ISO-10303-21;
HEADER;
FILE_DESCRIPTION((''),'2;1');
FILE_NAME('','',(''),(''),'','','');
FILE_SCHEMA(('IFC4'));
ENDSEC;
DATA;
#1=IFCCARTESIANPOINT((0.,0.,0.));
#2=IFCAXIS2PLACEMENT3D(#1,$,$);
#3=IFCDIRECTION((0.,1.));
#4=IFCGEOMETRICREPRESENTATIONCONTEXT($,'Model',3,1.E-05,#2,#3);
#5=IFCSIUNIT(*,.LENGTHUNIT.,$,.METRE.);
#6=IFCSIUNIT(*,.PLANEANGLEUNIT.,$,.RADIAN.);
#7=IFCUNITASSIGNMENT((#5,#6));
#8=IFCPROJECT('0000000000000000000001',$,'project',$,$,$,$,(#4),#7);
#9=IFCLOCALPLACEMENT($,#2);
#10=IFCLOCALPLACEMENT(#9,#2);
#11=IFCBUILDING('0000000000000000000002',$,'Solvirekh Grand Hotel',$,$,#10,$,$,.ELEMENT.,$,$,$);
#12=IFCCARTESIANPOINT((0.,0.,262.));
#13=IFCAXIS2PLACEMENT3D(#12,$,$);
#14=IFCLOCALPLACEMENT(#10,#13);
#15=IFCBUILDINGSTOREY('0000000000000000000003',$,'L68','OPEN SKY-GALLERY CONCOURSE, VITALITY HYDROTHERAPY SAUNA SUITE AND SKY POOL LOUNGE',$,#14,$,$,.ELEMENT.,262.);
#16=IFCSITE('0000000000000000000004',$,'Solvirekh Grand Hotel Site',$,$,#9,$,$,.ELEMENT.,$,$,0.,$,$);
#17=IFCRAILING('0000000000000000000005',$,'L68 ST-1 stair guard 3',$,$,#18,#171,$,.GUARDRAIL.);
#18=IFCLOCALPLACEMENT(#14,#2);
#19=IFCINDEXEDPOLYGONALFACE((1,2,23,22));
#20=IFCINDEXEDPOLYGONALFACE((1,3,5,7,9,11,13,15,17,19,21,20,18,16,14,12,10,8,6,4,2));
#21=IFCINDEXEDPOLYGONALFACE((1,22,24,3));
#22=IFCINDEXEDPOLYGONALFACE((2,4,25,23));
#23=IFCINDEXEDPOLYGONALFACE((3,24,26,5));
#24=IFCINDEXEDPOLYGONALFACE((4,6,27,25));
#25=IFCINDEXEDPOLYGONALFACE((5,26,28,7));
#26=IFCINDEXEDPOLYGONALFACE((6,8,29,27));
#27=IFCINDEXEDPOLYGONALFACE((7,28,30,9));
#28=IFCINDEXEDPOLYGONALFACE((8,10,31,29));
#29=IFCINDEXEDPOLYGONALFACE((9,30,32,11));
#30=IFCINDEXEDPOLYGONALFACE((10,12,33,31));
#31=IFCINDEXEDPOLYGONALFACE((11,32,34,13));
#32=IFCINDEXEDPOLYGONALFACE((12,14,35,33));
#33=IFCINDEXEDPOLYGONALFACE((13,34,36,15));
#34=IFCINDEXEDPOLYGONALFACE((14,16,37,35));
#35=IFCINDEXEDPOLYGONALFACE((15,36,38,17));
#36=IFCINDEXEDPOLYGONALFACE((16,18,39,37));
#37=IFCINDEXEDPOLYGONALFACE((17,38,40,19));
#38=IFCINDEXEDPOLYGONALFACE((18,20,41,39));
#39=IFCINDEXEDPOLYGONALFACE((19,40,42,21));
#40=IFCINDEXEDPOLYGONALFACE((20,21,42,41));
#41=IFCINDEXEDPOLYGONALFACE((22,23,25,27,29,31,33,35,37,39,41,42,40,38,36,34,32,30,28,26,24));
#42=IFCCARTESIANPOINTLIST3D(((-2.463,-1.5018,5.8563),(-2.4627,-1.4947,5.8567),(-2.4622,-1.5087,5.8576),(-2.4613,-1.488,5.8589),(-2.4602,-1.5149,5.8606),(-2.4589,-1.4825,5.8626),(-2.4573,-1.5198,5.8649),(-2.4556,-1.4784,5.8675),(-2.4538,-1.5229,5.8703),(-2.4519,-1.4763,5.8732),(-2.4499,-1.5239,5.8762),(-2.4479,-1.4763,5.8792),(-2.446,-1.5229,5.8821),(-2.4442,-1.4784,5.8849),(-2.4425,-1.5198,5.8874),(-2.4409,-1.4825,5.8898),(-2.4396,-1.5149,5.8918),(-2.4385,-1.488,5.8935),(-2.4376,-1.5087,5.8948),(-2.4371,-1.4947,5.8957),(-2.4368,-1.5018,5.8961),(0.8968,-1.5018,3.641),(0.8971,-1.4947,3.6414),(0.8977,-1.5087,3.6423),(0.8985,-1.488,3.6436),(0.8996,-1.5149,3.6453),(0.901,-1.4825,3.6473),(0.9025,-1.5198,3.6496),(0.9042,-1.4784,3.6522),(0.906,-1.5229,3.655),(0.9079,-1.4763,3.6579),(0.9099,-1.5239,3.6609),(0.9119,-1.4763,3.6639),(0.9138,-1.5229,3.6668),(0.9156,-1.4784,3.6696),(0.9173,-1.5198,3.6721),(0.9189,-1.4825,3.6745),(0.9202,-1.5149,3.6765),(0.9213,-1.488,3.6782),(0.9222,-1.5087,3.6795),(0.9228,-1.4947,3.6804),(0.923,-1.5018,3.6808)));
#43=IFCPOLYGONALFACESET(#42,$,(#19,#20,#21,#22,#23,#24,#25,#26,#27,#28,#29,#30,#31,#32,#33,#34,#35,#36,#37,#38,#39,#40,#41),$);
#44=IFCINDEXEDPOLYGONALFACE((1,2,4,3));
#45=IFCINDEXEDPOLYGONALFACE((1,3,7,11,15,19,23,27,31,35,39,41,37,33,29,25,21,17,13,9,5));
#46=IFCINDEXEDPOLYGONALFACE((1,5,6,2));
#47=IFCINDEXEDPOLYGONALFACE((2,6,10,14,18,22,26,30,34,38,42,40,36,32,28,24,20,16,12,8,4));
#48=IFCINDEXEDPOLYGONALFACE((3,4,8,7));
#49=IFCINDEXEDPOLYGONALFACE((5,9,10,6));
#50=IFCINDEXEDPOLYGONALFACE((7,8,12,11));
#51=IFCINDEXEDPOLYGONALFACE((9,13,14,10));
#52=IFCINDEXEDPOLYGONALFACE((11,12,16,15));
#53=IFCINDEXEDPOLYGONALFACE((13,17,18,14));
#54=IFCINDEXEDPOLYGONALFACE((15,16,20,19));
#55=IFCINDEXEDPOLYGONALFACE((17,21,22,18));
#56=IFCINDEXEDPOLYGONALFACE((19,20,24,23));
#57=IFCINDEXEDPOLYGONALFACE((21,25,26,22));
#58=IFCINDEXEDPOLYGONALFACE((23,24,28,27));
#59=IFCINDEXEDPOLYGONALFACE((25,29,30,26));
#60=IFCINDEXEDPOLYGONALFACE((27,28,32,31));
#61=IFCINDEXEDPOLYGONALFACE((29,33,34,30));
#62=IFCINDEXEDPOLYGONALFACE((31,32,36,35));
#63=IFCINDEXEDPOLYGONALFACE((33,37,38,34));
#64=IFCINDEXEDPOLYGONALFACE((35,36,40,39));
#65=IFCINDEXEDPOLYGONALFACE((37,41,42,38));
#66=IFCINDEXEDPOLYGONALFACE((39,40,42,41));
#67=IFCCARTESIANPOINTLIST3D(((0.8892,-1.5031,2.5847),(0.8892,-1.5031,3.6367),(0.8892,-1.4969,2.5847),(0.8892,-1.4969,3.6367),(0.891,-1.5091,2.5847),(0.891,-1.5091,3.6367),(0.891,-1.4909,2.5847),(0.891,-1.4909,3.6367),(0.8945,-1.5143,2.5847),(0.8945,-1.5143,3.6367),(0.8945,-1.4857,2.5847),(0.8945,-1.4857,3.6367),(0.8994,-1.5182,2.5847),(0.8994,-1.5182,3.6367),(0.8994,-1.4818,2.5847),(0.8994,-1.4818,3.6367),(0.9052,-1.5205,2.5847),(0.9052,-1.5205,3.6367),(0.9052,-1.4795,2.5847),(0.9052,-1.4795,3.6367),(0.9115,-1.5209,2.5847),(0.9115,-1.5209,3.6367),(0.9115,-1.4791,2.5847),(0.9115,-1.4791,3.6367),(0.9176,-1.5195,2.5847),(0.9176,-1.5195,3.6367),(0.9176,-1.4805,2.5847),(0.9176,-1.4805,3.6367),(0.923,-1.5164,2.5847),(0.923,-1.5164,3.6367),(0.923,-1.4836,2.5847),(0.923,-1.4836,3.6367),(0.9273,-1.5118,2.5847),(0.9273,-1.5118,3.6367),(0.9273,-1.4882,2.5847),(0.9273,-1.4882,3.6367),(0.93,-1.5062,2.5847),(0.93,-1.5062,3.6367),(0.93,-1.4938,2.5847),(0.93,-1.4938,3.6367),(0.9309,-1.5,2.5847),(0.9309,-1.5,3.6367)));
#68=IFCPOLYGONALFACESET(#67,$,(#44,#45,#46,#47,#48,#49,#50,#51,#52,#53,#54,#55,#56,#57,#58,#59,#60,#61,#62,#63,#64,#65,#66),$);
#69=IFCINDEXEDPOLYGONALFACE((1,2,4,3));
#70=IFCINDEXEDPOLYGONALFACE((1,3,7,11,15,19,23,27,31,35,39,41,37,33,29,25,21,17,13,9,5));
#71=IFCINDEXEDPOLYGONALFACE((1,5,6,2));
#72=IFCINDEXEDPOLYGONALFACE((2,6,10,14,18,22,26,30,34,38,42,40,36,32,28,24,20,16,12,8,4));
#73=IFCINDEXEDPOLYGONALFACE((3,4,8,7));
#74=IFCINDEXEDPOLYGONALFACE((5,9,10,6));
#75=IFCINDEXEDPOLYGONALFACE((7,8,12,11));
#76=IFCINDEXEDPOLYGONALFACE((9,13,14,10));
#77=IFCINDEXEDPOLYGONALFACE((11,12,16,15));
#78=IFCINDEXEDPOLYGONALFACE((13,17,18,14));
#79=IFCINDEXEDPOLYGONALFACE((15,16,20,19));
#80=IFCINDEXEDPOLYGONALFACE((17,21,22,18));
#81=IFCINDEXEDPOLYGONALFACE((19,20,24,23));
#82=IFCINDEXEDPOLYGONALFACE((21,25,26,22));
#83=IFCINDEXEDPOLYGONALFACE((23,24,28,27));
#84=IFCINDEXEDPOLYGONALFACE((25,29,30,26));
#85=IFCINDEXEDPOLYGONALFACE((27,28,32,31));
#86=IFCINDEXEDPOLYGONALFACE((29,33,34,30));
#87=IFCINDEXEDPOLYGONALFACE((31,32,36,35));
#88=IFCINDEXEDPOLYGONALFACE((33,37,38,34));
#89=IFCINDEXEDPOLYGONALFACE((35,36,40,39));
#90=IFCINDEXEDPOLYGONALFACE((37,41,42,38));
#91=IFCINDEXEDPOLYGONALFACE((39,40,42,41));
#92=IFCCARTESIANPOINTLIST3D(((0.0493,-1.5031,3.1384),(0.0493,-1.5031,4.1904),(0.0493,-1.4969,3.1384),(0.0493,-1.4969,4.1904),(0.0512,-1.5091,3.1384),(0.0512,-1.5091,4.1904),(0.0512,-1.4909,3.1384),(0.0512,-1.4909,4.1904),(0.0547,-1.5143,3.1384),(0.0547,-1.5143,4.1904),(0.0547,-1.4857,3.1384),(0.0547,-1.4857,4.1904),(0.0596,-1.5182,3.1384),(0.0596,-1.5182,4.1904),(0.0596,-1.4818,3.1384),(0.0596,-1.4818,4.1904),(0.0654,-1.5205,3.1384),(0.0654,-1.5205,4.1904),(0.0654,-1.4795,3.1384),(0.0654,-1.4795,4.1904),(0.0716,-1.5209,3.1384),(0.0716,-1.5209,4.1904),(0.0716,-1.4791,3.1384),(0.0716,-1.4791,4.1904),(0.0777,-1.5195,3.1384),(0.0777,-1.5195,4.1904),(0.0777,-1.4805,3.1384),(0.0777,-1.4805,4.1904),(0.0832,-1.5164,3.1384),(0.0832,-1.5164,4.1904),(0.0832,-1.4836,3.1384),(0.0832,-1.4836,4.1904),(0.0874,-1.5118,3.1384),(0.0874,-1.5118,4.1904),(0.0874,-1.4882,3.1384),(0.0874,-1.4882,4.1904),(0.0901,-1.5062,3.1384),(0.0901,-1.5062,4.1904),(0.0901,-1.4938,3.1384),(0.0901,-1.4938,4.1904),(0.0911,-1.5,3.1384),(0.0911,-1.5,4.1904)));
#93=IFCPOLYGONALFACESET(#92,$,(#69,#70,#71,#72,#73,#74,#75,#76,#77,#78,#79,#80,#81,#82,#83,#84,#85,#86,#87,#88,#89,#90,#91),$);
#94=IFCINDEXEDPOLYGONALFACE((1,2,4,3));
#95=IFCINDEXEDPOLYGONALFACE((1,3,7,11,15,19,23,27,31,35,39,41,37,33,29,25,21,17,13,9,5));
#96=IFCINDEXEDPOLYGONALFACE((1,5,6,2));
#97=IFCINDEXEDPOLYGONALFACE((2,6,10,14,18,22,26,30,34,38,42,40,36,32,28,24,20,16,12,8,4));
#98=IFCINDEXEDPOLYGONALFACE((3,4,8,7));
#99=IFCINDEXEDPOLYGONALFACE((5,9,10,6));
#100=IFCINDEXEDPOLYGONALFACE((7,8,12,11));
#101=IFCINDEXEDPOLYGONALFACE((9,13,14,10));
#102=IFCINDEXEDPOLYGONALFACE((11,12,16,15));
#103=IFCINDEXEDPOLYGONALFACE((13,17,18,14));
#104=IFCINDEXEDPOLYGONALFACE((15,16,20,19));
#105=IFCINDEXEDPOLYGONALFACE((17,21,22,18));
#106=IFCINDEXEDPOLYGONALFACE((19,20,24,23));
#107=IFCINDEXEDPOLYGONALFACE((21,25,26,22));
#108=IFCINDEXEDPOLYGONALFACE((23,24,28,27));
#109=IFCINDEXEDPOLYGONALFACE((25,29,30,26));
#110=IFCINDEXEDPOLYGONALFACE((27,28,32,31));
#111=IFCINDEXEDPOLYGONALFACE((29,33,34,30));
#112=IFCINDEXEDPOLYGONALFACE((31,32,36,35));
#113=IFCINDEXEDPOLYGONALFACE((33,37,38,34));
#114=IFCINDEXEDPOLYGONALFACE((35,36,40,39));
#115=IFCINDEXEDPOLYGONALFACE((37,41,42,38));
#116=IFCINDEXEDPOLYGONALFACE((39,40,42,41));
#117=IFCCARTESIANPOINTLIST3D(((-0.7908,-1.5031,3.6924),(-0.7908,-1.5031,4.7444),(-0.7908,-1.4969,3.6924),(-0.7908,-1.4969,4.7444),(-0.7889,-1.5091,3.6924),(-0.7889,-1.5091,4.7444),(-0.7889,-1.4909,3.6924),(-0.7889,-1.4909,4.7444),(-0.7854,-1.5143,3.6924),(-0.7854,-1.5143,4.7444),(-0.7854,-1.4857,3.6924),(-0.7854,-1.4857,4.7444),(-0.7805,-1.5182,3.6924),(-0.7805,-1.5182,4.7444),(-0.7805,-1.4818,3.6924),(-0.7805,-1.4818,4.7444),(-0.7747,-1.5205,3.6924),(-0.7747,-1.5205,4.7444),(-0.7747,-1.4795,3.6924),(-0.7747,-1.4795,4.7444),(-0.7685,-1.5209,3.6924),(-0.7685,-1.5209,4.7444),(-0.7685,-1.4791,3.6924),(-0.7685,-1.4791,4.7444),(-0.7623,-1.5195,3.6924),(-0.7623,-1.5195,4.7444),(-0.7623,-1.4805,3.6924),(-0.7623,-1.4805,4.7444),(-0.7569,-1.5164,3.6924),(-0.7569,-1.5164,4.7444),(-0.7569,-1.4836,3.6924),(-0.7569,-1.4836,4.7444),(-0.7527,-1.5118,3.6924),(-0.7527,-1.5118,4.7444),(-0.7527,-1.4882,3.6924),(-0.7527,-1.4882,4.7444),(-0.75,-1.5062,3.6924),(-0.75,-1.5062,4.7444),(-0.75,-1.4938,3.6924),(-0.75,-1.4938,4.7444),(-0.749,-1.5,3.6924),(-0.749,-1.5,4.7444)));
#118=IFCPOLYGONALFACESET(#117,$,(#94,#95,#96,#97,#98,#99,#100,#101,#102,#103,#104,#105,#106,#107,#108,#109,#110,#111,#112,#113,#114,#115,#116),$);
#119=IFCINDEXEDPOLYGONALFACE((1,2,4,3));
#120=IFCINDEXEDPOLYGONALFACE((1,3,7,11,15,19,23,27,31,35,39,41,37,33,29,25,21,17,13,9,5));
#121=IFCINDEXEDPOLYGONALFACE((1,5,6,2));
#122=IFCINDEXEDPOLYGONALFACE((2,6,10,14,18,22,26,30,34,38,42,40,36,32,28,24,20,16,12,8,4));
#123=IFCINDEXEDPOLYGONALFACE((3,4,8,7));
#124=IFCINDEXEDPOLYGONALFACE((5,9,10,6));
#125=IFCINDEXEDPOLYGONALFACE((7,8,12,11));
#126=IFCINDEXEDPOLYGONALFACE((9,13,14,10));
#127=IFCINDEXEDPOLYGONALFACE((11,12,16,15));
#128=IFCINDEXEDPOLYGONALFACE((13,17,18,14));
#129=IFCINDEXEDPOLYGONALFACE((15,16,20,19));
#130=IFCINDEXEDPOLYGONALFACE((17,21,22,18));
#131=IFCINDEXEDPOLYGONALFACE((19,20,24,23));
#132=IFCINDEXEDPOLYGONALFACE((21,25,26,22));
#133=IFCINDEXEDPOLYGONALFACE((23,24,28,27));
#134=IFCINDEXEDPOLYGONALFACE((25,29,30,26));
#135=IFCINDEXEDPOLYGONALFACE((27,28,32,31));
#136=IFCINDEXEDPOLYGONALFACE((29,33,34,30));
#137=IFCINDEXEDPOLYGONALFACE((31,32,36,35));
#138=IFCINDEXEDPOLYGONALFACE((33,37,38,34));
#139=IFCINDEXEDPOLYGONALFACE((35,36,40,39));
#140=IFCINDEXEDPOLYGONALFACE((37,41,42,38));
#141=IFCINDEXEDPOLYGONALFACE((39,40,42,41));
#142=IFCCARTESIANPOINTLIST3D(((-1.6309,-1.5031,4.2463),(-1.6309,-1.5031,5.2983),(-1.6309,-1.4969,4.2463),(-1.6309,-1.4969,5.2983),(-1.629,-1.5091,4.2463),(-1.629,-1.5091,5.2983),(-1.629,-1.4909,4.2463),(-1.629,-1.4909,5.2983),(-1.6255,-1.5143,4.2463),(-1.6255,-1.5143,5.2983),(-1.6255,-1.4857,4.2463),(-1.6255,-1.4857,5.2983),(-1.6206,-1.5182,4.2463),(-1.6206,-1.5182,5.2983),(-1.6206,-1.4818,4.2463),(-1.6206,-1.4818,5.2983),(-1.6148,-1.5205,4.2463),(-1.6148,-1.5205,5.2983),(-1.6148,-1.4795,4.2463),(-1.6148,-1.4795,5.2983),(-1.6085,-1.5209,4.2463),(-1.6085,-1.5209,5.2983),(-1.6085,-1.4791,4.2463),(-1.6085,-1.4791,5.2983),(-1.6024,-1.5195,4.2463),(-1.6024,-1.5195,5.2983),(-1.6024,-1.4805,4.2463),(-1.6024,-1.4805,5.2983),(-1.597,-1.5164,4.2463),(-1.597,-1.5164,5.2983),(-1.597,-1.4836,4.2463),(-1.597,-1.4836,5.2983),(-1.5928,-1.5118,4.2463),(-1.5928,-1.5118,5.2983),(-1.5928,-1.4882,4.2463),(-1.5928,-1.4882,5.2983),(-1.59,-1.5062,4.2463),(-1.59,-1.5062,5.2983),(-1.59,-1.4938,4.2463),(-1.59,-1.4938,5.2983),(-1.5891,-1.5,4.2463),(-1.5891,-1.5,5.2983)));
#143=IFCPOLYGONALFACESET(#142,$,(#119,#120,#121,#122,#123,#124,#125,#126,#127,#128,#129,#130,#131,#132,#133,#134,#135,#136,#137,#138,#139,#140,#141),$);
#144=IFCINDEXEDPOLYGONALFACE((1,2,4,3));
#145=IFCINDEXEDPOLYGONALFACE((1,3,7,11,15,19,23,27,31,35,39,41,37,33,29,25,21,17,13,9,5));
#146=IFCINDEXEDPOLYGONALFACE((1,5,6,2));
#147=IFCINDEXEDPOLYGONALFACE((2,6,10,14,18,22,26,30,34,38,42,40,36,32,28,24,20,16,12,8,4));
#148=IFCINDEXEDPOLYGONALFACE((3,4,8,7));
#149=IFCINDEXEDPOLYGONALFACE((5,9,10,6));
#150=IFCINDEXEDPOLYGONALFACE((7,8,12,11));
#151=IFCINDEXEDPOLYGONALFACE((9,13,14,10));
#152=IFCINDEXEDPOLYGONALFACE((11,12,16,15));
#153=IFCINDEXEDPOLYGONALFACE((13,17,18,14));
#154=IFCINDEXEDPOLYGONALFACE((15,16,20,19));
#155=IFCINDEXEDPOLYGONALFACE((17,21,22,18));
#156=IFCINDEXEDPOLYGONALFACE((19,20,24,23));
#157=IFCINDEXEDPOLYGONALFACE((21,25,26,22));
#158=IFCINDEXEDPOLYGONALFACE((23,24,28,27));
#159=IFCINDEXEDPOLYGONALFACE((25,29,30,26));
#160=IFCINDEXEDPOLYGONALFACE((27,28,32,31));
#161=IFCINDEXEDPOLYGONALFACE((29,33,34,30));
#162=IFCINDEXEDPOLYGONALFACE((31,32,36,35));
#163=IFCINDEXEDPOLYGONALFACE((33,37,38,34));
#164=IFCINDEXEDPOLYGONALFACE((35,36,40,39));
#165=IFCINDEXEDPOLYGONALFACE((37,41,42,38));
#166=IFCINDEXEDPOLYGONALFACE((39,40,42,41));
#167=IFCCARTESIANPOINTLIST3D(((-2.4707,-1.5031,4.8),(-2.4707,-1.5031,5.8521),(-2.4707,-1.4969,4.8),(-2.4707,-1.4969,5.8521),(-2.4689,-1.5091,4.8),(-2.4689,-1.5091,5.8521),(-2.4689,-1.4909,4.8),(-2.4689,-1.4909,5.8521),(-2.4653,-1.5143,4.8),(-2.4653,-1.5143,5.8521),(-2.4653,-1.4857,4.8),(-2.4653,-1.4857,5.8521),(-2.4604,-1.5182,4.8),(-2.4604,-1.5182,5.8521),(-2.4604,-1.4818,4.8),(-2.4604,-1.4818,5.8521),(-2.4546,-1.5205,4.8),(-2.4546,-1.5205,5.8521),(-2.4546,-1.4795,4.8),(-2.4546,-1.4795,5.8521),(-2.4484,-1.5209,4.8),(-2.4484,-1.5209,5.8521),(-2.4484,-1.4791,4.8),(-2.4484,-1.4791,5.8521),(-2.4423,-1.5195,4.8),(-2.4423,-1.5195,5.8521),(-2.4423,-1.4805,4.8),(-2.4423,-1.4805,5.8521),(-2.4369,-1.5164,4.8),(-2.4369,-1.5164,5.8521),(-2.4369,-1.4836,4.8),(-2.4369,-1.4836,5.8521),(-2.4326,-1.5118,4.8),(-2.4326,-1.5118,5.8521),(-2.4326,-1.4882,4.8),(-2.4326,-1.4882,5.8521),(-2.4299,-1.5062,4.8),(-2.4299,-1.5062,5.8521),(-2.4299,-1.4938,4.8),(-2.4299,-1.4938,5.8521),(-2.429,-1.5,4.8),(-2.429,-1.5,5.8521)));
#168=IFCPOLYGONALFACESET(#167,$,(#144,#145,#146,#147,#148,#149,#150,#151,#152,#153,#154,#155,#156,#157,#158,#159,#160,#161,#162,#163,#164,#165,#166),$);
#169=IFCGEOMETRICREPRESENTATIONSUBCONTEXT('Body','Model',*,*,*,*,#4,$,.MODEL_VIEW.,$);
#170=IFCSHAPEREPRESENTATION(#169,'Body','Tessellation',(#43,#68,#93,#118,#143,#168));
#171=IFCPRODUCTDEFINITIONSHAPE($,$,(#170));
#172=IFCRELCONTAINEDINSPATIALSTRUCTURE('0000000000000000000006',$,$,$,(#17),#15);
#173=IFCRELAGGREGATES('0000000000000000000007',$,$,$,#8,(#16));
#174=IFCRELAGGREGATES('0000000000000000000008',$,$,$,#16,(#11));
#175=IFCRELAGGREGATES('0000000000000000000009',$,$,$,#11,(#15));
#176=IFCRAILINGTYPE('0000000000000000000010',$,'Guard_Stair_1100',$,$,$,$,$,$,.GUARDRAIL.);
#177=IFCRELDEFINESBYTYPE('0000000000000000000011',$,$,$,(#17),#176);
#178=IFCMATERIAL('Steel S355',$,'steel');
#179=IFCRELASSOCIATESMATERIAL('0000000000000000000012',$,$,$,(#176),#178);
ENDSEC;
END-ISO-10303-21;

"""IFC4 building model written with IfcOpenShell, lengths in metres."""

from ifc_helpers import new_model, si_unit, direction, frame, origin, origin_2d, place, context, subcontext, project, spatial, circle, extrude, material, type_object, element, save


model = new_model("IFC4")

# Units and contexts
model_context = context("Model", 3, precision=1e-05, world=origin(), true_north=direction((0.0, 1.0)))
body_context = subcontext(model_context, "Body", "Model", "MODEL_VIEW")
ifc_project = project(units=[si_unit("LENGTHUNIT", "METRE"), si_unit("PLANEANGLEUNIT", "RADIAN")], contexts=[model_context])

# Site, building, storey
site_placement = place(None, origin())
site = spatial("IfcSite", under=ifc_project, at=site_placement, Name="Solvirekh Grand Hotel Site", CompositionType="ELEMENT", RefElevation=0.0)
building_placement = place(site_placement, origin())
building = spatial("IfcBuilding", under=site, at=building_placement, Name="Solvirekh Grand Hotel", CompositionType="ELEMENT")
storey_placement = place(building_placement, frame((0.0, 0.0, 262.0)))
storey = spatial("IfcBuildingStorey", under=building, at=storey_placement, Name="L68", Description="OPEN SKY-GALLERY CONCOURSE, VITALITY HYDROTHERAPY SAUNA SUITE AND SKY POOL LOUNGE", CompositionType="ELEMENT", Elevation=262.0)

# Railing
ifc_material_1 = material(Name="Steel S355", Category="steel")
railing_type_1 = type_object("IfcRailingType", Name="Guard_Stair_1100", PredefinedType="GUARDRAIL", material=ifc_material_1)
railing_1_placement = place(storey_placement, frame((0.9099, -1.5, 2.5847)))
element("IfcRailing", 1, at=railing_1_placement, inside=storey, type_object=railing_type_1, Name="L68 ST-1 stair guard 3", PredefinedType="GUARDRAIL", context=body_context, shape_type="SweptSolid", body=[
    extrude(circle(Radius=0.0239, at=origin_2d()), frame((0.0, 0.0, 1.0762), z_axis=(-0.834858, 0.0, 0.550465), x_axis=(0.0, -1.0, 0.0)), (0.0, 0.0, 1.0), 4.0244),
    extrude(circle(Radius=0.021, at=origin_2d()), origin(), (0.0, 0.0, 1.0), 1.052),
    extrude(circle(Radius=0.021, at=origin_2d()), frame((-0.8398, 0.0, 0.5537)), (0.0, 0.0, 1.0), 1.052),
    extrude(circle(Radius=0.021, at=origin_2d()), frame((-1.6799, 0.0, 1.1077)), (0.0, 0.0, 1.0), 1.052),
    extrude(circle(Radius=0.021, at=origin_2d()), frame((-2.52, 0.0, 1.6616)), (0.0, 0.0, 1.0), 1.052),
    extrude(circle(Radius=0.021, at=origin_2d()), frame((-3.3599, 0.0, 2.2153)), (0.0, 0.0, 1.0), 1.052),
])

save(model, "model.ifc")
